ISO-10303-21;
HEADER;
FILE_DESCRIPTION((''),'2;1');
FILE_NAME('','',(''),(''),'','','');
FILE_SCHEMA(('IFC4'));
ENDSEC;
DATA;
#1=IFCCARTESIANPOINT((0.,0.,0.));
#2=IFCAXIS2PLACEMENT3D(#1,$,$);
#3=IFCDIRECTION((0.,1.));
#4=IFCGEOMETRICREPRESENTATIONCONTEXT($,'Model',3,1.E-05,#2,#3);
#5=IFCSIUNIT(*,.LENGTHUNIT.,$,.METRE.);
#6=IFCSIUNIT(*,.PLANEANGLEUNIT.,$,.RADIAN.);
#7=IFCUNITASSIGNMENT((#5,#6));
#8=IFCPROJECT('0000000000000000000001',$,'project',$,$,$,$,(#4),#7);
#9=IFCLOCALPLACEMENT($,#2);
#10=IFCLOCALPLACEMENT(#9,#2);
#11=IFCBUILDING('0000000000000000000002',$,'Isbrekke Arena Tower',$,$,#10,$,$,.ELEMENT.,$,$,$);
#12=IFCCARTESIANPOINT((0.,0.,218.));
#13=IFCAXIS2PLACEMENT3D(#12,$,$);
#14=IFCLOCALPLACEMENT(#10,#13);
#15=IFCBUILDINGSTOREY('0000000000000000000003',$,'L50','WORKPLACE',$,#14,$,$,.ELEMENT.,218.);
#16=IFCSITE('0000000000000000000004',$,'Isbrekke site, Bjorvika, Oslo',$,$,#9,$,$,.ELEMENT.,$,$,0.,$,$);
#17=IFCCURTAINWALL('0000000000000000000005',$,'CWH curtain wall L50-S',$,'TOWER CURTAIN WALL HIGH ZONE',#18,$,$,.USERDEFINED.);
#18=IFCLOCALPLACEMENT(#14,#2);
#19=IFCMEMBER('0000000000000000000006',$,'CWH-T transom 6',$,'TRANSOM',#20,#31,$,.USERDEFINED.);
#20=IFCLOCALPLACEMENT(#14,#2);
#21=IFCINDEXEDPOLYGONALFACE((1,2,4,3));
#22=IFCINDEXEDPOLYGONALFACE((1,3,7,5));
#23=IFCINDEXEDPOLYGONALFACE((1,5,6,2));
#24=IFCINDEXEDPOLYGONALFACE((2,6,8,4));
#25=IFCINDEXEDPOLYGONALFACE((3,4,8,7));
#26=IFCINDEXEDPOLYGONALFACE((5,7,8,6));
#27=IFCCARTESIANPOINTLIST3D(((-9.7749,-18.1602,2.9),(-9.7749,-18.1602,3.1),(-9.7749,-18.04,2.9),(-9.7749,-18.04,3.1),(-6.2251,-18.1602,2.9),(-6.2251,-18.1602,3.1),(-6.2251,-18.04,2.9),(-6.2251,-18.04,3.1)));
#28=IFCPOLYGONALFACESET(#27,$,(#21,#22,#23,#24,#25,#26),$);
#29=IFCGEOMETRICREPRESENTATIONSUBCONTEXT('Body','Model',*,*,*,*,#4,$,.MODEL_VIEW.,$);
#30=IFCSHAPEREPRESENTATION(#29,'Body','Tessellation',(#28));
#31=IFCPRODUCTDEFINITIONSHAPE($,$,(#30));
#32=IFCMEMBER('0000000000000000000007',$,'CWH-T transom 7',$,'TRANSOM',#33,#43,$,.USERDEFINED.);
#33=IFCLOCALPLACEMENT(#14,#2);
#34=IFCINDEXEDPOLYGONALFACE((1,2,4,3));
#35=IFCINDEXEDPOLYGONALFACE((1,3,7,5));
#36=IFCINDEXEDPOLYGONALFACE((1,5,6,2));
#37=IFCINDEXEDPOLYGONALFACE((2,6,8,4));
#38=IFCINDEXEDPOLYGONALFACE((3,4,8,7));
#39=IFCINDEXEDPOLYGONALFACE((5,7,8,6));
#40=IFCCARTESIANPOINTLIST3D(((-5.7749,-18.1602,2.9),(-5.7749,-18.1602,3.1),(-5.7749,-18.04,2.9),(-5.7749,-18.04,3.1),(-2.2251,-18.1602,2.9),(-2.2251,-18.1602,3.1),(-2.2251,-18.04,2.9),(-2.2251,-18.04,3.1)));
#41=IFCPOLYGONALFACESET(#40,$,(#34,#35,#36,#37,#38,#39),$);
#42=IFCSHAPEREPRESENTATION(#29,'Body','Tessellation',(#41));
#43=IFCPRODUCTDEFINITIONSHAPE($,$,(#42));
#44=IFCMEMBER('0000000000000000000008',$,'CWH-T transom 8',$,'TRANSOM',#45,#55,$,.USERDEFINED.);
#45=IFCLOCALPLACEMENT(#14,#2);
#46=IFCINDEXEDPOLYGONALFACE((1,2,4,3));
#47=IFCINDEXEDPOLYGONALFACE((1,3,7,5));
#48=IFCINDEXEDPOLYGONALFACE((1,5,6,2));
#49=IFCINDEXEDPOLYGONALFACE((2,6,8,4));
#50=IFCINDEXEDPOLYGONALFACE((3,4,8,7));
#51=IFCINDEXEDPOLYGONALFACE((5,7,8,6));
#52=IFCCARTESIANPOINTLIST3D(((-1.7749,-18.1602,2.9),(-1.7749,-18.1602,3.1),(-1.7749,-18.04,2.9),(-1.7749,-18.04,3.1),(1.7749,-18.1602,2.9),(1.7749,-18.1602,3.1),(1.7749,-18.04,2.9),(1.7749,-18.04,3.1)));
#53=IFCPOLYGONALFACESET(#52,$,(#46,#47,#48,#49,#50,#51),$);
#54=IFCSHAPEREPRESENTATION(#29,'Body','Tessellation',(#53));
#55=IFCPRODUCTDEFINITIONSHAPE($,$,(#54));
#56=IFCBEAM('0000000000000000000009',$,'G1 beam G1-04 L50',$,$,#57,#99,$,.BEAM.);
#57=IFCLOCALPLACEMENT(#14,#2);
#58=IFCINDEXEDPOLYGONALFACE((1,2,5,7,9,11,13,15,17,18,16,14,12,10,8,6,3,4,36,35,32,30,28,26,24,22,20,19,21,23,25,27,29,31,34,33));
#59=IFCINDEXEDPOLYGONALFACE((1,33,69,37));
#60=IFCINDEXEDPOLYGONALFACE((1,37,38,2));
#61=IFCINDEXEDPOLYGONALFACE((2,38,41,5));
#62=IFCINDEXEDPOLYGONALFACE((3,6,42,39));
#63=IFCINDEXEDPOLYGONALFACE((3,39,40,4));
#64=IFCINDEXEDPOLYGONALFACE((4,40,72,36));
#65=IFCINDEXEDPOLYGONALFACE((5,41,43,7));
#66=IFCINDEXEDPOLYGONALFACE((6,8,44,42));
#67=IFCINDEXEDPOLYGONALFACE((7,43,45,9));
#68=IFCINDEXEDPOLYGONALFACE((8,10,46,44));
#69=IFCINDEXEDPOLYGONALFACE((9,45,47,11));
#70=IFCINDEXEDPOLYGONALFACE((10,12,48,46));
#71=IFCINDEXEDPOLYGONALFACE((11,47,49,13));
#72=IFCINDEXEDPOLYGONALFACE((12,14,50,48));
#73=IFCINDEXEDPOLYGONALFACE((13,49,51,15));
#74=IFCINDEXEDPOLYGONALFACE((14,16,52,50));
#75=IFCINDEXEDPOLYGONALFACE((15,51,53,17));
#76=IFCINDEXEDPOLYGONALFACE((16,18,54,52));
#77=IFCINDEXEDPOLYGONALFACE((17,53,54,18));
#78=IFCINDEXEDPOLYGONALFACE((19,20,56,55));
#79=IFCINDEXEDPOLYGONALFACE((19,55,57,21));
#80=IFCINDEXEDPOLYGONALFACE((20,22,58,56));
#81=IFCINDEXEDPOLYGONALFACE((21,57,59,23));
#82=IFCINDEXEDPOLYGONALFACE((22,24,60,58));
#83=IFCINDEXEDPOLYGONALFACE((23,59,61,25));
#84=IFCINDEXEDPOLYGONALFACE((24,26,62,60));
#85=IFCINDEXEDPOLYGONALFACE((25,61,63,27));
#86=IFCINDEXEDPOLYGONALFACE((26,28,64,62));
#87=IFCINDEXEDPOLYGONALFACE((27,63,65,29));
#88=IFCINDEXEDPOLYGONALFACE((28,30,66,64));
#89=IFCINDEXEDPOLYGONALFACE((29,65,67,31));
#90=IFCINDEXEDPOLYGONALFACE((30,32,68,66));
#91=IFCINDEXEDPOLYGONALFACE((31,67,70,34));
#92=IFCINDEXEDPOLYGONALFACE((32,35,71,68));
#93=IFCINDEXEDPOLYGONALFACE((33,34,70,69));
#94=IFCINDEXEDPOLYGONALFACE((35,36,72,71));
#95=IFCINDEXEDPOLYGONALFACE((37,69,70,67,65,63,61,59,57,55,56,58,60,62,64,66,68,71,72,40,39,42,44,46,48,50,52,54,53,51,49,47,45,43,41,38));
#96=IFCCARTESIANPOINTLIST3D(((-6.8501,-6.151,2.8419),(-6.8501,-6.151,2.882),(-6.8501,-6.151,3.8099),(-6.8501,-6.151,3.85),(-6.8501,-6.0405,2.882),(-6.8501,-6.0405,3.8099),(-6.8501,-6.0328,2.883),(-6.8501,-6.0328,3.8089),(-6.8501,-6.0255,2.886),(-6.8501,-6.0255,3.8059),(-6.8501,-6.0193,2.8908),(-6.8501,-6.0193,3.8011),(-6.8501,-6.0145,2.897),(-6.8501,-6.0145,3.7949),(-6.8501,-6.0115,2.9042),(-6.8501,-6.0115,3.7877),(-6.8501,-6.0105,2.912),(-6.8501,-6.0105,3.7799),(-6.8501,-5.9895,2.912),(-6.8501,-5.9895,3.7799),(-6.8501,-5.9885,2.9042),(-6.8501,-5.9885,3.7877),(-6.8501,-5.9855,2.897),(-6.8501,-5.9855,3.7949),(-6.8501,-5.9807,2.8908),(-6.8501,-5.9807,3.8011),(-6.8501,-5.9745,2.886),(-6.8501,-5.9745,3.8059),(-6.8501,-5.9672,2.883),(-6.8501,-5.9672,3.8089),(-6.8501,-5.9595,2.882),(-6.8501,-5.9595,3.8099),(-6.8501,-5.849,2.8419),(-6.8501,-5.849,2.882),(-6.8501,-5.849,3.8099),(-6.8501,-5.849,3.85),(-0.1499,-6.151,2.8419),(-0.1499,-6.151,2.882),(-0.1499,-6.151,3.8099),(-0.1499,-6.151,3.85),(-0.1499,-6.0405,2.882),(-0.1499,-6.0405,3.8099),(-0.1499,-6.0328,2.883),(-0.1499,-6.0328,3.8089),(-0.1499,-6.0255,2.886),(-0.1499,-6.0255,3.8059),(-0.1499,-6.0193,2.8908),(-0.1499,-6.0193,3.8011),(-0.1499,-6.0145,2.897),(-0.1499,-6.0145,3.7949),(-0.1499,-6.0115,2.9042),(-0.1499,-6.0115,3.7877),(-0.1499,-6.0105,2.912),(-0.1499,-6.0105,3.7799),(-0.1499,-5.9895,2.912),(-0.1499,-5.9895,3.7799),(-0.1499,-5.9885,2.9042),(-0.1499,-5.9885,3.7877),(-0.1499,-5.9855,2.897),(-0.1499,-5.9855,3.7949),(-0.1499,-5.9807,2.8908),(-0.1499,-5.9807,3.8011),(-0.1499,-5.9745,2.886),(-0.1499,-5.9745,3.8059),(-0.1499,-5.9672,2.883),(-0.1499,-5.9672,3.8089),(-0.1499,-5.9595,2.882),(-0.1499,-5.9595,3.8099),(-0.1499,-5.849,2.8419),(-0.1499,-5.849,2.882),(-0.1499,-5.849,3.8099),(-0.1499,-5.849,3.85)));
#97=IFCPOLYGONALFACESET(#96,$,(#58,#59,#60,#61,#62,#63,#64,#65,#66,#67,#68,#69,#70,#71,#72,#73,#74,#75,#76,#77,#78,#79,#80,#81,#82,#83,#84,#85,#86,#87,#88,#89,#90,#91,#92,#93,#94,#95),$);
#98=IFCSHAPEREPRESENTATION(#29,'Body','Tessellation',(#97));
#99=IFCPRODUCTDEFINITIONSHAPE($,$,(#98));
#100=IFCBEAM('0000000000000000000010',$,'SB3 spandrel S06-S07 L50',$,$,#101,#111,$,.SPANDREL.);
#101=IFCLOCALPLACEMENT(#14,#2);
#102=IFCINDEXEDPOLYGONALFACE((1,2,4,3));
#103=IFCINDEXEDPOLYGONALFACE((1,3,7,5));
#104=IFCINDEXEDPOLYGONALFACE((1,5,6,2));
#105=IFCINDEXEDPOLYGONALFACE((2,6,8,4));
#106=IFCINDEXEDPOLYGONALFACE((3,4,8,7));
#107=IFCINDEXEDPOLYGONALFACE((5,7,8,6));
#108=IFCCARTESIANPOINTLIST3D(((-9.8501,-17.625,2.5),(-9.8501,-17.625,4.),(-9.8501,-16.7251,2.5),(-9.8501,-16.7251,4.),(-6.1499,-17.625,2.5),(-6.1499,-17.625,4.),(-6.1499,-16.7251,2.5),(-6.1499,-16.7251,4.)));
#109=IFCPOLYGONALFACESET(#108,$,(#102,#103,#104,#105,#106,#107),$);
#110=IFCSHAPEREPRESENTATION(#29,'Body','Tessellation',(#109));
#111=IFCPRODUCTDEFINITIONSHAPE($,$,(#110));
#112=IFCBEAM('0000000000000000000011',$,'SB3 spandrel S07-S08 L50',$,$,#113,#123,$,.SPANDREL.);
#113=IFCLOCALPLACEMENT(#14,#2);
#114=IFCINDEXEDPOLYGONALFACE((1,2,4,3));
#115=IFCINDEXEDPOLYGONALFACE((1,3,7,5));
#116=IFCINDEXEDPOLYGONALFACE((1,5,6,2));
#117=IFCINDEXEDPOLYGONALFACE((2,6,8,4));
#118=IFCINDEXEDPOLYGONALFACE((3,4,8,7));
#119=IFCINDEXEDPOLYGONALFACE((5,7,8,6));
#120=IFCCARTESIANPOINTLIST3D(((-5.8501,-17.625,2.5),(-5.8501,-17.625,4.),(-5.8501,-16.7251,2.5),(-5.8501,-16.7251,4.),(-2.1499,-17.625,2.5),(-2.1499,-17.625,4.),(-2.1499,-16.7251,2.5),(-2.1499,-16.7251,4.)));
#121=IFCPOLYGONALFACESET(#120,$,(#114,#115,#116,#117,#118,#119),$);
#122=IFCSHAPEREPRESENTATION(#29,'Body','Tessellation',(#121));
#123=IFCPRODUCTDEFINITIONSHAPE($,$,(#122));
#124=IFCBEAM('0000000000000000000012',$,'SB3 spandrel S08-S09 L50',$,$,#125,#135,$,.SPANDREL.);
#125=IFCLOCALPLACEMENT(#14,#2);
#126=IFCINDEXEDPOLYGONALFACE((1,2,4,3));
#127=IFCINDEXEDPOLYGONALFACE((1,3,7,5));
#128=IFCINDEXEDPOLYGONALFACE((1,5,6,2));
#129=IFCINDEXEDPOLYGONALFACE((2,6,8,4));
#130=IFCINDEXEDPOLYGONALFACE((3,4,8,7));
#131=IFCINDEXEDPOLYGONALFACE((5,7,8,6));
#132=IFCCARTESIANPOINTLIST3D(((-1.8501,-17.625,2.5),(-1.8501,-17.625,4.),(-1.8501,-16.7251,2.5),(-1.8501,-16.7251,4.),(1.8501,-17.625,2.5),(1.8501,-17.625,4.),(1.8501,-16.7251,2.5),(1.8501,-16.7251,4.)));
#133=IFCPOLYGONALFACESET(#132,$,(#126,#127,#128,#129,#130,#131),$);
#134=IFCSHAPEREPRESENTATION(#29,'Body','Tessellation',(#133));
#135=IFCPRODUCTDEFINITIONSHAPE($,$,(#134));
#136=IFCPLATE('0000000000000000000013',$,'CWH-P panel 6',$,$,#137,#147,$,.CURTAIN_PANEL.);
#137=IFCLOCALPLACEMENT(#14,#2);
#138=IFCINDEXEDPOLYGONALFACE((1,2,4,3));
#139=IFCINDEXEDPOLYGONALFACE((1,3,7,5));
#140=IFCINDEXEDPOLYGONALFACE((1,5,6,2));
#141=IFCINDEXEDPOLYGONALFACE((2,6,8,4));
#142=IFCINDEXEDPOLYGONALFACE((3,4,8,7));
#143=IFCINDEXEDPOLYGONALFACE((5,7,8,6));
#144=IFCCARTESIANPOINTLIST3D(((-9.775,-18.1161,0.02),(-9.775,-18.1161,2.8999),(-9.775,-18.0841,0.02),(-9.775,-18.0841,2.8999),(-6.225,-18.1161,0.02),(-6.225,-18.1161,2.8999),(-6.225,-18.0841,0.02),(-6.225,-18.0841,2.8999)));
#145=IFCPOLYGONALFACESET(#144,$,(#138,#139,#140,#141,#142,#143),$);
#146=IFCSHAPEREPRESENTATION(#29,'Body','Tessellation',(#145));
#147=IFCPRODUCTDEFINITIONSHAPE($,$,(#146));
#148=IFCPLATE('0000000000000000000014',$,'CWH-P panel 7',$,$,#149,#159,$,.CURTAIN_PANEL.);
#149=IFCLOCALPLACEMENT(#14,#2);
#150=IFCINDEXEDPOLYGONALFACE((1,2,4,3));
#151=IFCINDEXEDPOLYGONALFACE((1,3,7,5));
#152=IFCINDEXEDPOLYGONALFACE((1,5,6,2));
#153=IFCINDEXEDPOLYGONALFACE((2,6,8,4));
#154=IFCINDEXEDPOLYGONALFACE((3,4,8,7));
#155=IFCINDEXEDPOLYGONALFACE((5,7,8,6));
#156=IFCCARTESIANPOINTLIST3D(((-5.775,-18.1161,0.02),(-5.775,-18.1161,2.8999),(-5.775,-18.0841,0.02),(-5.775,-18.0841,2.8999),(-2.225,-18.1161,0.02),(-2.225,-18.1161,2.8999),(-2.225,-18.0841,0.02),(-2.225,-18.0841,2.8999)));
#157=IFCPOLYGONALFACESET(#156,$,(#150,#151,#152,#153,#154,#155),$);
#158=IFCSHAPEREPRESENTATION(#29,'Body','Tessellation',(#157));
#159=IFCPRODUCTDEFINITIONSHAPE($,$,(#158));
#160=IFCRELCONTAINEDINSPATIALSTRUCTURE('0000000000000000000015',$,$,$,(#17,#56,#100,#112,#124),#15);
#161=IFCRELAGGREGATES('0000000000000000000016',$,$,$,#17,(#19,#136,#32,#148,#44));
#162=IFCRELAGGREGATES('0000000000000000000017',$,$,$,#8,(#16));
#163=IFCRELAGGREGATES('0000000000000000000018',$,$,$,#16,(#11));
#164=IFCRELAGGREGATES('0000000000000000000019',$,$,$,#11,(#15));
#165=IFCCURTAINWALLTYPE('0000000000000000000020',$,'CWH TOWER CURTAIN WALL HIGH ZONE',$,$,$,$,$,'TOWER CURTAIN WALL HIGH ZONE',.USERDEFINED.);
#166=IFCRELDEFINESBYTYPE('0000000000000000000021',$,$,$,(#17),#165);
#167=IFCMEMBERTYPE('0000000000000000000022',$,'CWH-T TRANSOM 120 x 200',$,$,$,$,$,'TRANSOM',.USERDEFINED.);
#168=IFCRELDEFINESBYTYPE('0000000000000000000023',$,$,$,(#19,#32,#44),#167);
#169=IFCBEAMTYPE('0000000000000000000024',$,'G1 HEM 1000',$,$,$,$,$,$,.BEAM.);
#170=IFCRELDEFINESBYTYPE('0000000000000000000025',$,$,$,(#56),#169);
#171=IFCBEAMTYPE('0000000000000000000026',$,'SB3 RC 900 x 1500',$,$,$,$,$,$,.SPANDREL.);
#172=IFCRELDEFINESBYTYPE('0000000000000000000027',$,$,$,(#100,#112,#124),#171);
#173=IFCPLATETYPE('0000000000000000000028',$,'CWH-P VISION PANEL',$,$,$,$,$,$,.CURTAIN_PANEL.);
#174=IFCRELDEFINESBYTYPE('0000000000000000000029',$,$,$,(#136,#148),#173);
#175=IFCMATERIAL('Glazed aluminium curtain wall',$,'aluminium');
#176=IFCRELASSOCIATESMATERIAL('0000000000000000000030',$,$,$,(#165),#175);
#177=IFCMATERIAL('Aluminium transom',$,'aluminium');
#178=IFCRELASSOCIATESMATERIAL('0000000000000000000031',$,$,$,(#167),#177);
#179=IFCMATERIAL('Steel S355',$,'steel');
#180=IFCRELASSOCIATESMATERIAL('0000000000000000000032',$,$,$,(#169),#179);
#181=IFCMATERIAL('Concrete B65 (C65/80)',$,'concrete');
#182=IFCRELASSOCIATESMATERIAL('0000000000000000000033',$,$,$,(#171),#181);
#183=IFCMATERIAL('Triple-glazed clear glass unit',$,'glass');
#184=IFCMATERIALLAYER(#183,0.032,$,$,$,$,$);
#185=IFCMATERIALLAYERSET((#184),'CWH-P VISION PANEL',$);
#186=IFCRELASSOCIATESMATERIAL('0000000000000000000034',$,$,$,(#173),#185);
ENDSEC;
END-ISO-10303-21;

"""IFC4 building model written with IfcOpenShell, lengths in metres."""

from ifc_helpers import new_model, si_unit, direction, frame, origin, origin_2d, place, context, subcontext, project, spatial, rectangle, i_section, extrude, material, layer, layer_set, material_profile, profile_set, type_object, element, aggregate, save


model = new_model("IFC4")

# Units and contexts
model_context = context("Model", 3, precision=1e-05, world=origin(), true_north=direction((0.0, 1.0)))
body_context = subcontext(model_context, "Body", "Model", "MODEL_VIEW")
ifc_project = project(units=[si_unit("LENGTHUNIT", "METRE"), si_unit("PLANEANGLEUNIT", "RADIAN")], contexts=[model_context])

# Site, building, storey
site_placement = place(None, origin())
site = spatial("IfcSite", under=ifc_project, at=site_placement, Name="Isbrekke site, Bjorvika, Oslo", CompositionType="ELEMENT", RefElevation=0.0)
building_placement = place(site_placement, origin())
building = spatial("IfcBuilding", under=site, at=building_placement, Name="Isbrekke Arena Tower", CompositionType="ELEMENT")
storey_placement = place(building_placement, frame((0.0, 0.0, 218.0)))
storey = spatial("IfcBuildingStorey", under=building, at=storey_placement, Name="L50", Description="WORKPLACE", CompositionType="ELEMENT", Elevation=218.0)

# Curtain wall, members
ifc_material_1 = material(Name="Glazed aluminium curtain wall", Category="aluminium")
curtain_wall_type = type_object("IfcCurtainWallType", Name="CWH TOWER CURTAIN WALL HIGH ZONE", ElementType="TOWER CURTAIN WALL HIGH ZONE", PredefinedType="USERDEFINED", material=ifc_material_1)
curtain_wall_placement = place(storey_placement, origin())
curtain_wall = element("IfcCurtainWall", 1, at=curtain_wall_placement, inside=storey, type_object=curtain_wall_type, Name="CWH curtain wall L50-S", ObjectType="TOWER CURTAIN WALL HIGH ZONE", PredefinedType="USERDEFINED")
ifc_material_2 = material(Name="Aluminium transom", Category="aluminium")
ifc_material_profile_1 = material_profile(ifc_material_2, rectangle(XDim=0.1201, YDim=0.2, at=origin_2d()), Name="TRANSOM 120X200")
ifc_profile_set_1 = profile_set([ifc_material_profile_1], Name="Aluminium transom")
member_type_1 = type_object("IfcMemberType", Name="CWH-T TRANSOM 120 x 200", ElementType="TRANSOM", PredefinedType="USERDEFINED", material=ifc_profile_set_1)
member_1_placement = place(storey_placement, frame((-9.7749, -18.1001, 3.0), z_axis=(1.0, 0.0, 0.0), x_axis=(0.0, 1.0, 0.0)))
member_1 = element("IfcMember", 2, at=member_1_placement, type_object=member_type_1, Name="CWH-T transom 6", ObjectType="TRANSOM", PredefinedType="USERDEFINED", context=body_context, shape_type="SweptSolid", body=[
    extrude(rectangle(XDim=0.1201, YDim=0.2, at=origin_2d()), origin(), (0.0, 0.0, 1.0), 3.5498),
])
member_2_placement = place(storey_placement, frame((-5.7749, -18.1001, 3.0), z_axis=(1.0, 0.0, 0.0), x_axis=(0.0, 1.0, 0.0)))
member_2 = element("IfcMember", 3, at=member_2_placement, type_object=member_type_1, Name="CWH-T transom 7", ObjectType="TRANSOM", PredefinedType="USERDEFINED", context=body_context, shape_type="SweptSolid", body=[
    extrude(rectangle(XDim=0.1201, YDim=0.2, at=origin_2d()), origin(), (0.0, 0.0, 1.0), 3.5498),
])
member_3_placement = place(storey_placement, frame((-1.7749, -18.1001, 3.0), z_axis=(1.0, 0.0, 0.0), x_axis=(0.0, 1.0, 0.0)))
member_3 = element("IfcMember", 4, at=member_3_placement, type_object=member_type_1, Name="CWH-T transom 8", ObjectType="TRANSOM", PredefinedType="USERDEFINED", context=body_context, shape_type="SweptSolid", body=[
    extrude(rectangle(XDim=0.1201, YDim=0.2, at=origin_2d()), origin(), (0.0, 0.0, 1.0), 3.5498),
])

# Beams
ifc_material_3 = material(Name="Steel S355", Category="steel")
ifc_material_profile_2 = material_profile(ifc_material_3, i_section(OverallWidth=0.302, OverallDepth=1.0081, WebThickness=0.021, FlangeThickness=0.04, FilletRadius=0.03, at=origin_2d()), Name="HEM 1000")
ifc_profile_set_2 = profile_set([ifc_material_profile_2], Name="Steel S355")
beam_type_1 = type_object("IfcBeamType", Name="G1 HEM 1000", PredefinedType="BEAM", material=ifc_profile_set_2)
beam_1_placement = place(storey_placement, frame((-6.8501, -6.0, 3.3459), z_axis=(1.0, 0.0, 0.0), x_axis=(0.0, 1.0, 0.0)))
element("IfcBeam", 5, at=beam_1_placement, inside=storey, type_object=beam_type_1, Name="G1 beam G1-04 L50", PredefinedType="BEAM", context=body_context, shape_type="SweptSolid", body=[
    extrude(i_section(OverallWidth=0.302, OverallDepth=1.0081, WebThickness=0.021, FlangeThickness=0.04, FilletRadius=0.03, at=origin_2d()), origin(), (0.0, 0.0, 1.0), 6.7002),
])
ifc_material_4 = material(Name="Concrete B65 (C65/80)", Category="concrete")
ifc_material_profile_3 = material_profile(ifc_material_4, rectangle(XDim=0.8999, YDim=1.5, at=origin_2d()), Name="RC 900x1500")
ifc_profile_set_3 = profile_set([ifc_material_profile_3], Name="Concrete B65 (C65/80)")
beam_type_2 = type_object("IfcBeamType", Name="SB3 RC 900 x 1500", PredefinedType="SPANDREL", material=ifc_profile_set_3)
for number, where, z_axis, x_axis, name in (
    (6, (-9.8501, -17.175, 3.25), (1.0, 0.0, 0.0), (0.0, 1.0, 0.0), "SB3 spandrel S06-S07 L50"),
    (7, (-5.8501, -17.175, 3.25), (1.0, 0.0, 0.0), (0.0, 1.0, 0.0), "SB3 spandrel S07-S08 L50"),
    (8, (-1.8501, -17.175, 3.25), (1.0, 0.0, 0.0), (0.0, 1.0, 0.0), "SB3 spandrel S08-S09 L50"),
):
    element("IfcBeam", number, at=place(storey_placement, frame(where, z_axis=z_axis, x_axis=x_axis)), inside=storey, type_object=beam_type_2, Name=name, PredefinedType="SPANDREL", context=body_context, shape_type="SweptSolid", body=[
        extrude(rectangle(XDim=0.8999, YDim=1.5, at=origin_2d()), origin(), (0.0, 0.0, 1.0), 3.7002),
    ])

# Plates
ifc_material_5 = material(Name="Triple-glazed clear glass unit", Category="glass")
ifc_layer_1 = layer(ifc_material_5, 0.032)
ifc_layer_set_1 = layer_set([ifc_layer_1], Name="CWH-P VISION PANEL")
plate_type = type_object("IfcPlateType", Name="CWH-P VISION PANEL", PredefinedType="CURTAIN_PANEL", material=ifc_layer_set_1)
plate_1_placement = place(storey_placement, frame((-8.0, -18.1001, 0.02), z_axis=(0.0, 0.0, 1.0), x_axis=(1.0, 0.0, 0.0)))
plate_1 = element("IfcPlate", 9, at=plate_1_placement, type_object=plate_type, Name="CWH-P panel 6", PredefinedType="CURTAIN_PANEL", context=body_context, shape_type="SweptSolid", body=[
    extrude(rectangle(XDim=3.55, YDim=0.032, at=origin_2d()), origin(), (0.0, 0.0, 1.0), 2.8799),
])
plate_2_placement = place(storey_placement, frame((-4.0, -18.1001, 0.02), z_axis=(0.0, 0.0, 1.0), x_axis=(1.0, 0.0, 0.0)))
plate_2 = element("IfcPlate", 10, at=plate_2_placement, type_object=plate_type, Name="CWH-P panel 7", PredefinedType="CURTAIN_PANEL", context=body_context, shape_type="SweptSolid", body=[
    extrude(rectangle(XDim=3.55, YDim=0.032, at=origin_2d()), origin(), (0.0, 0.0, 1.0), 2.8799),
])
aggregate(curtain_wall, [member_1, plate_1, member_2, plate_2, member_3])

save(model, "model.ifc")
